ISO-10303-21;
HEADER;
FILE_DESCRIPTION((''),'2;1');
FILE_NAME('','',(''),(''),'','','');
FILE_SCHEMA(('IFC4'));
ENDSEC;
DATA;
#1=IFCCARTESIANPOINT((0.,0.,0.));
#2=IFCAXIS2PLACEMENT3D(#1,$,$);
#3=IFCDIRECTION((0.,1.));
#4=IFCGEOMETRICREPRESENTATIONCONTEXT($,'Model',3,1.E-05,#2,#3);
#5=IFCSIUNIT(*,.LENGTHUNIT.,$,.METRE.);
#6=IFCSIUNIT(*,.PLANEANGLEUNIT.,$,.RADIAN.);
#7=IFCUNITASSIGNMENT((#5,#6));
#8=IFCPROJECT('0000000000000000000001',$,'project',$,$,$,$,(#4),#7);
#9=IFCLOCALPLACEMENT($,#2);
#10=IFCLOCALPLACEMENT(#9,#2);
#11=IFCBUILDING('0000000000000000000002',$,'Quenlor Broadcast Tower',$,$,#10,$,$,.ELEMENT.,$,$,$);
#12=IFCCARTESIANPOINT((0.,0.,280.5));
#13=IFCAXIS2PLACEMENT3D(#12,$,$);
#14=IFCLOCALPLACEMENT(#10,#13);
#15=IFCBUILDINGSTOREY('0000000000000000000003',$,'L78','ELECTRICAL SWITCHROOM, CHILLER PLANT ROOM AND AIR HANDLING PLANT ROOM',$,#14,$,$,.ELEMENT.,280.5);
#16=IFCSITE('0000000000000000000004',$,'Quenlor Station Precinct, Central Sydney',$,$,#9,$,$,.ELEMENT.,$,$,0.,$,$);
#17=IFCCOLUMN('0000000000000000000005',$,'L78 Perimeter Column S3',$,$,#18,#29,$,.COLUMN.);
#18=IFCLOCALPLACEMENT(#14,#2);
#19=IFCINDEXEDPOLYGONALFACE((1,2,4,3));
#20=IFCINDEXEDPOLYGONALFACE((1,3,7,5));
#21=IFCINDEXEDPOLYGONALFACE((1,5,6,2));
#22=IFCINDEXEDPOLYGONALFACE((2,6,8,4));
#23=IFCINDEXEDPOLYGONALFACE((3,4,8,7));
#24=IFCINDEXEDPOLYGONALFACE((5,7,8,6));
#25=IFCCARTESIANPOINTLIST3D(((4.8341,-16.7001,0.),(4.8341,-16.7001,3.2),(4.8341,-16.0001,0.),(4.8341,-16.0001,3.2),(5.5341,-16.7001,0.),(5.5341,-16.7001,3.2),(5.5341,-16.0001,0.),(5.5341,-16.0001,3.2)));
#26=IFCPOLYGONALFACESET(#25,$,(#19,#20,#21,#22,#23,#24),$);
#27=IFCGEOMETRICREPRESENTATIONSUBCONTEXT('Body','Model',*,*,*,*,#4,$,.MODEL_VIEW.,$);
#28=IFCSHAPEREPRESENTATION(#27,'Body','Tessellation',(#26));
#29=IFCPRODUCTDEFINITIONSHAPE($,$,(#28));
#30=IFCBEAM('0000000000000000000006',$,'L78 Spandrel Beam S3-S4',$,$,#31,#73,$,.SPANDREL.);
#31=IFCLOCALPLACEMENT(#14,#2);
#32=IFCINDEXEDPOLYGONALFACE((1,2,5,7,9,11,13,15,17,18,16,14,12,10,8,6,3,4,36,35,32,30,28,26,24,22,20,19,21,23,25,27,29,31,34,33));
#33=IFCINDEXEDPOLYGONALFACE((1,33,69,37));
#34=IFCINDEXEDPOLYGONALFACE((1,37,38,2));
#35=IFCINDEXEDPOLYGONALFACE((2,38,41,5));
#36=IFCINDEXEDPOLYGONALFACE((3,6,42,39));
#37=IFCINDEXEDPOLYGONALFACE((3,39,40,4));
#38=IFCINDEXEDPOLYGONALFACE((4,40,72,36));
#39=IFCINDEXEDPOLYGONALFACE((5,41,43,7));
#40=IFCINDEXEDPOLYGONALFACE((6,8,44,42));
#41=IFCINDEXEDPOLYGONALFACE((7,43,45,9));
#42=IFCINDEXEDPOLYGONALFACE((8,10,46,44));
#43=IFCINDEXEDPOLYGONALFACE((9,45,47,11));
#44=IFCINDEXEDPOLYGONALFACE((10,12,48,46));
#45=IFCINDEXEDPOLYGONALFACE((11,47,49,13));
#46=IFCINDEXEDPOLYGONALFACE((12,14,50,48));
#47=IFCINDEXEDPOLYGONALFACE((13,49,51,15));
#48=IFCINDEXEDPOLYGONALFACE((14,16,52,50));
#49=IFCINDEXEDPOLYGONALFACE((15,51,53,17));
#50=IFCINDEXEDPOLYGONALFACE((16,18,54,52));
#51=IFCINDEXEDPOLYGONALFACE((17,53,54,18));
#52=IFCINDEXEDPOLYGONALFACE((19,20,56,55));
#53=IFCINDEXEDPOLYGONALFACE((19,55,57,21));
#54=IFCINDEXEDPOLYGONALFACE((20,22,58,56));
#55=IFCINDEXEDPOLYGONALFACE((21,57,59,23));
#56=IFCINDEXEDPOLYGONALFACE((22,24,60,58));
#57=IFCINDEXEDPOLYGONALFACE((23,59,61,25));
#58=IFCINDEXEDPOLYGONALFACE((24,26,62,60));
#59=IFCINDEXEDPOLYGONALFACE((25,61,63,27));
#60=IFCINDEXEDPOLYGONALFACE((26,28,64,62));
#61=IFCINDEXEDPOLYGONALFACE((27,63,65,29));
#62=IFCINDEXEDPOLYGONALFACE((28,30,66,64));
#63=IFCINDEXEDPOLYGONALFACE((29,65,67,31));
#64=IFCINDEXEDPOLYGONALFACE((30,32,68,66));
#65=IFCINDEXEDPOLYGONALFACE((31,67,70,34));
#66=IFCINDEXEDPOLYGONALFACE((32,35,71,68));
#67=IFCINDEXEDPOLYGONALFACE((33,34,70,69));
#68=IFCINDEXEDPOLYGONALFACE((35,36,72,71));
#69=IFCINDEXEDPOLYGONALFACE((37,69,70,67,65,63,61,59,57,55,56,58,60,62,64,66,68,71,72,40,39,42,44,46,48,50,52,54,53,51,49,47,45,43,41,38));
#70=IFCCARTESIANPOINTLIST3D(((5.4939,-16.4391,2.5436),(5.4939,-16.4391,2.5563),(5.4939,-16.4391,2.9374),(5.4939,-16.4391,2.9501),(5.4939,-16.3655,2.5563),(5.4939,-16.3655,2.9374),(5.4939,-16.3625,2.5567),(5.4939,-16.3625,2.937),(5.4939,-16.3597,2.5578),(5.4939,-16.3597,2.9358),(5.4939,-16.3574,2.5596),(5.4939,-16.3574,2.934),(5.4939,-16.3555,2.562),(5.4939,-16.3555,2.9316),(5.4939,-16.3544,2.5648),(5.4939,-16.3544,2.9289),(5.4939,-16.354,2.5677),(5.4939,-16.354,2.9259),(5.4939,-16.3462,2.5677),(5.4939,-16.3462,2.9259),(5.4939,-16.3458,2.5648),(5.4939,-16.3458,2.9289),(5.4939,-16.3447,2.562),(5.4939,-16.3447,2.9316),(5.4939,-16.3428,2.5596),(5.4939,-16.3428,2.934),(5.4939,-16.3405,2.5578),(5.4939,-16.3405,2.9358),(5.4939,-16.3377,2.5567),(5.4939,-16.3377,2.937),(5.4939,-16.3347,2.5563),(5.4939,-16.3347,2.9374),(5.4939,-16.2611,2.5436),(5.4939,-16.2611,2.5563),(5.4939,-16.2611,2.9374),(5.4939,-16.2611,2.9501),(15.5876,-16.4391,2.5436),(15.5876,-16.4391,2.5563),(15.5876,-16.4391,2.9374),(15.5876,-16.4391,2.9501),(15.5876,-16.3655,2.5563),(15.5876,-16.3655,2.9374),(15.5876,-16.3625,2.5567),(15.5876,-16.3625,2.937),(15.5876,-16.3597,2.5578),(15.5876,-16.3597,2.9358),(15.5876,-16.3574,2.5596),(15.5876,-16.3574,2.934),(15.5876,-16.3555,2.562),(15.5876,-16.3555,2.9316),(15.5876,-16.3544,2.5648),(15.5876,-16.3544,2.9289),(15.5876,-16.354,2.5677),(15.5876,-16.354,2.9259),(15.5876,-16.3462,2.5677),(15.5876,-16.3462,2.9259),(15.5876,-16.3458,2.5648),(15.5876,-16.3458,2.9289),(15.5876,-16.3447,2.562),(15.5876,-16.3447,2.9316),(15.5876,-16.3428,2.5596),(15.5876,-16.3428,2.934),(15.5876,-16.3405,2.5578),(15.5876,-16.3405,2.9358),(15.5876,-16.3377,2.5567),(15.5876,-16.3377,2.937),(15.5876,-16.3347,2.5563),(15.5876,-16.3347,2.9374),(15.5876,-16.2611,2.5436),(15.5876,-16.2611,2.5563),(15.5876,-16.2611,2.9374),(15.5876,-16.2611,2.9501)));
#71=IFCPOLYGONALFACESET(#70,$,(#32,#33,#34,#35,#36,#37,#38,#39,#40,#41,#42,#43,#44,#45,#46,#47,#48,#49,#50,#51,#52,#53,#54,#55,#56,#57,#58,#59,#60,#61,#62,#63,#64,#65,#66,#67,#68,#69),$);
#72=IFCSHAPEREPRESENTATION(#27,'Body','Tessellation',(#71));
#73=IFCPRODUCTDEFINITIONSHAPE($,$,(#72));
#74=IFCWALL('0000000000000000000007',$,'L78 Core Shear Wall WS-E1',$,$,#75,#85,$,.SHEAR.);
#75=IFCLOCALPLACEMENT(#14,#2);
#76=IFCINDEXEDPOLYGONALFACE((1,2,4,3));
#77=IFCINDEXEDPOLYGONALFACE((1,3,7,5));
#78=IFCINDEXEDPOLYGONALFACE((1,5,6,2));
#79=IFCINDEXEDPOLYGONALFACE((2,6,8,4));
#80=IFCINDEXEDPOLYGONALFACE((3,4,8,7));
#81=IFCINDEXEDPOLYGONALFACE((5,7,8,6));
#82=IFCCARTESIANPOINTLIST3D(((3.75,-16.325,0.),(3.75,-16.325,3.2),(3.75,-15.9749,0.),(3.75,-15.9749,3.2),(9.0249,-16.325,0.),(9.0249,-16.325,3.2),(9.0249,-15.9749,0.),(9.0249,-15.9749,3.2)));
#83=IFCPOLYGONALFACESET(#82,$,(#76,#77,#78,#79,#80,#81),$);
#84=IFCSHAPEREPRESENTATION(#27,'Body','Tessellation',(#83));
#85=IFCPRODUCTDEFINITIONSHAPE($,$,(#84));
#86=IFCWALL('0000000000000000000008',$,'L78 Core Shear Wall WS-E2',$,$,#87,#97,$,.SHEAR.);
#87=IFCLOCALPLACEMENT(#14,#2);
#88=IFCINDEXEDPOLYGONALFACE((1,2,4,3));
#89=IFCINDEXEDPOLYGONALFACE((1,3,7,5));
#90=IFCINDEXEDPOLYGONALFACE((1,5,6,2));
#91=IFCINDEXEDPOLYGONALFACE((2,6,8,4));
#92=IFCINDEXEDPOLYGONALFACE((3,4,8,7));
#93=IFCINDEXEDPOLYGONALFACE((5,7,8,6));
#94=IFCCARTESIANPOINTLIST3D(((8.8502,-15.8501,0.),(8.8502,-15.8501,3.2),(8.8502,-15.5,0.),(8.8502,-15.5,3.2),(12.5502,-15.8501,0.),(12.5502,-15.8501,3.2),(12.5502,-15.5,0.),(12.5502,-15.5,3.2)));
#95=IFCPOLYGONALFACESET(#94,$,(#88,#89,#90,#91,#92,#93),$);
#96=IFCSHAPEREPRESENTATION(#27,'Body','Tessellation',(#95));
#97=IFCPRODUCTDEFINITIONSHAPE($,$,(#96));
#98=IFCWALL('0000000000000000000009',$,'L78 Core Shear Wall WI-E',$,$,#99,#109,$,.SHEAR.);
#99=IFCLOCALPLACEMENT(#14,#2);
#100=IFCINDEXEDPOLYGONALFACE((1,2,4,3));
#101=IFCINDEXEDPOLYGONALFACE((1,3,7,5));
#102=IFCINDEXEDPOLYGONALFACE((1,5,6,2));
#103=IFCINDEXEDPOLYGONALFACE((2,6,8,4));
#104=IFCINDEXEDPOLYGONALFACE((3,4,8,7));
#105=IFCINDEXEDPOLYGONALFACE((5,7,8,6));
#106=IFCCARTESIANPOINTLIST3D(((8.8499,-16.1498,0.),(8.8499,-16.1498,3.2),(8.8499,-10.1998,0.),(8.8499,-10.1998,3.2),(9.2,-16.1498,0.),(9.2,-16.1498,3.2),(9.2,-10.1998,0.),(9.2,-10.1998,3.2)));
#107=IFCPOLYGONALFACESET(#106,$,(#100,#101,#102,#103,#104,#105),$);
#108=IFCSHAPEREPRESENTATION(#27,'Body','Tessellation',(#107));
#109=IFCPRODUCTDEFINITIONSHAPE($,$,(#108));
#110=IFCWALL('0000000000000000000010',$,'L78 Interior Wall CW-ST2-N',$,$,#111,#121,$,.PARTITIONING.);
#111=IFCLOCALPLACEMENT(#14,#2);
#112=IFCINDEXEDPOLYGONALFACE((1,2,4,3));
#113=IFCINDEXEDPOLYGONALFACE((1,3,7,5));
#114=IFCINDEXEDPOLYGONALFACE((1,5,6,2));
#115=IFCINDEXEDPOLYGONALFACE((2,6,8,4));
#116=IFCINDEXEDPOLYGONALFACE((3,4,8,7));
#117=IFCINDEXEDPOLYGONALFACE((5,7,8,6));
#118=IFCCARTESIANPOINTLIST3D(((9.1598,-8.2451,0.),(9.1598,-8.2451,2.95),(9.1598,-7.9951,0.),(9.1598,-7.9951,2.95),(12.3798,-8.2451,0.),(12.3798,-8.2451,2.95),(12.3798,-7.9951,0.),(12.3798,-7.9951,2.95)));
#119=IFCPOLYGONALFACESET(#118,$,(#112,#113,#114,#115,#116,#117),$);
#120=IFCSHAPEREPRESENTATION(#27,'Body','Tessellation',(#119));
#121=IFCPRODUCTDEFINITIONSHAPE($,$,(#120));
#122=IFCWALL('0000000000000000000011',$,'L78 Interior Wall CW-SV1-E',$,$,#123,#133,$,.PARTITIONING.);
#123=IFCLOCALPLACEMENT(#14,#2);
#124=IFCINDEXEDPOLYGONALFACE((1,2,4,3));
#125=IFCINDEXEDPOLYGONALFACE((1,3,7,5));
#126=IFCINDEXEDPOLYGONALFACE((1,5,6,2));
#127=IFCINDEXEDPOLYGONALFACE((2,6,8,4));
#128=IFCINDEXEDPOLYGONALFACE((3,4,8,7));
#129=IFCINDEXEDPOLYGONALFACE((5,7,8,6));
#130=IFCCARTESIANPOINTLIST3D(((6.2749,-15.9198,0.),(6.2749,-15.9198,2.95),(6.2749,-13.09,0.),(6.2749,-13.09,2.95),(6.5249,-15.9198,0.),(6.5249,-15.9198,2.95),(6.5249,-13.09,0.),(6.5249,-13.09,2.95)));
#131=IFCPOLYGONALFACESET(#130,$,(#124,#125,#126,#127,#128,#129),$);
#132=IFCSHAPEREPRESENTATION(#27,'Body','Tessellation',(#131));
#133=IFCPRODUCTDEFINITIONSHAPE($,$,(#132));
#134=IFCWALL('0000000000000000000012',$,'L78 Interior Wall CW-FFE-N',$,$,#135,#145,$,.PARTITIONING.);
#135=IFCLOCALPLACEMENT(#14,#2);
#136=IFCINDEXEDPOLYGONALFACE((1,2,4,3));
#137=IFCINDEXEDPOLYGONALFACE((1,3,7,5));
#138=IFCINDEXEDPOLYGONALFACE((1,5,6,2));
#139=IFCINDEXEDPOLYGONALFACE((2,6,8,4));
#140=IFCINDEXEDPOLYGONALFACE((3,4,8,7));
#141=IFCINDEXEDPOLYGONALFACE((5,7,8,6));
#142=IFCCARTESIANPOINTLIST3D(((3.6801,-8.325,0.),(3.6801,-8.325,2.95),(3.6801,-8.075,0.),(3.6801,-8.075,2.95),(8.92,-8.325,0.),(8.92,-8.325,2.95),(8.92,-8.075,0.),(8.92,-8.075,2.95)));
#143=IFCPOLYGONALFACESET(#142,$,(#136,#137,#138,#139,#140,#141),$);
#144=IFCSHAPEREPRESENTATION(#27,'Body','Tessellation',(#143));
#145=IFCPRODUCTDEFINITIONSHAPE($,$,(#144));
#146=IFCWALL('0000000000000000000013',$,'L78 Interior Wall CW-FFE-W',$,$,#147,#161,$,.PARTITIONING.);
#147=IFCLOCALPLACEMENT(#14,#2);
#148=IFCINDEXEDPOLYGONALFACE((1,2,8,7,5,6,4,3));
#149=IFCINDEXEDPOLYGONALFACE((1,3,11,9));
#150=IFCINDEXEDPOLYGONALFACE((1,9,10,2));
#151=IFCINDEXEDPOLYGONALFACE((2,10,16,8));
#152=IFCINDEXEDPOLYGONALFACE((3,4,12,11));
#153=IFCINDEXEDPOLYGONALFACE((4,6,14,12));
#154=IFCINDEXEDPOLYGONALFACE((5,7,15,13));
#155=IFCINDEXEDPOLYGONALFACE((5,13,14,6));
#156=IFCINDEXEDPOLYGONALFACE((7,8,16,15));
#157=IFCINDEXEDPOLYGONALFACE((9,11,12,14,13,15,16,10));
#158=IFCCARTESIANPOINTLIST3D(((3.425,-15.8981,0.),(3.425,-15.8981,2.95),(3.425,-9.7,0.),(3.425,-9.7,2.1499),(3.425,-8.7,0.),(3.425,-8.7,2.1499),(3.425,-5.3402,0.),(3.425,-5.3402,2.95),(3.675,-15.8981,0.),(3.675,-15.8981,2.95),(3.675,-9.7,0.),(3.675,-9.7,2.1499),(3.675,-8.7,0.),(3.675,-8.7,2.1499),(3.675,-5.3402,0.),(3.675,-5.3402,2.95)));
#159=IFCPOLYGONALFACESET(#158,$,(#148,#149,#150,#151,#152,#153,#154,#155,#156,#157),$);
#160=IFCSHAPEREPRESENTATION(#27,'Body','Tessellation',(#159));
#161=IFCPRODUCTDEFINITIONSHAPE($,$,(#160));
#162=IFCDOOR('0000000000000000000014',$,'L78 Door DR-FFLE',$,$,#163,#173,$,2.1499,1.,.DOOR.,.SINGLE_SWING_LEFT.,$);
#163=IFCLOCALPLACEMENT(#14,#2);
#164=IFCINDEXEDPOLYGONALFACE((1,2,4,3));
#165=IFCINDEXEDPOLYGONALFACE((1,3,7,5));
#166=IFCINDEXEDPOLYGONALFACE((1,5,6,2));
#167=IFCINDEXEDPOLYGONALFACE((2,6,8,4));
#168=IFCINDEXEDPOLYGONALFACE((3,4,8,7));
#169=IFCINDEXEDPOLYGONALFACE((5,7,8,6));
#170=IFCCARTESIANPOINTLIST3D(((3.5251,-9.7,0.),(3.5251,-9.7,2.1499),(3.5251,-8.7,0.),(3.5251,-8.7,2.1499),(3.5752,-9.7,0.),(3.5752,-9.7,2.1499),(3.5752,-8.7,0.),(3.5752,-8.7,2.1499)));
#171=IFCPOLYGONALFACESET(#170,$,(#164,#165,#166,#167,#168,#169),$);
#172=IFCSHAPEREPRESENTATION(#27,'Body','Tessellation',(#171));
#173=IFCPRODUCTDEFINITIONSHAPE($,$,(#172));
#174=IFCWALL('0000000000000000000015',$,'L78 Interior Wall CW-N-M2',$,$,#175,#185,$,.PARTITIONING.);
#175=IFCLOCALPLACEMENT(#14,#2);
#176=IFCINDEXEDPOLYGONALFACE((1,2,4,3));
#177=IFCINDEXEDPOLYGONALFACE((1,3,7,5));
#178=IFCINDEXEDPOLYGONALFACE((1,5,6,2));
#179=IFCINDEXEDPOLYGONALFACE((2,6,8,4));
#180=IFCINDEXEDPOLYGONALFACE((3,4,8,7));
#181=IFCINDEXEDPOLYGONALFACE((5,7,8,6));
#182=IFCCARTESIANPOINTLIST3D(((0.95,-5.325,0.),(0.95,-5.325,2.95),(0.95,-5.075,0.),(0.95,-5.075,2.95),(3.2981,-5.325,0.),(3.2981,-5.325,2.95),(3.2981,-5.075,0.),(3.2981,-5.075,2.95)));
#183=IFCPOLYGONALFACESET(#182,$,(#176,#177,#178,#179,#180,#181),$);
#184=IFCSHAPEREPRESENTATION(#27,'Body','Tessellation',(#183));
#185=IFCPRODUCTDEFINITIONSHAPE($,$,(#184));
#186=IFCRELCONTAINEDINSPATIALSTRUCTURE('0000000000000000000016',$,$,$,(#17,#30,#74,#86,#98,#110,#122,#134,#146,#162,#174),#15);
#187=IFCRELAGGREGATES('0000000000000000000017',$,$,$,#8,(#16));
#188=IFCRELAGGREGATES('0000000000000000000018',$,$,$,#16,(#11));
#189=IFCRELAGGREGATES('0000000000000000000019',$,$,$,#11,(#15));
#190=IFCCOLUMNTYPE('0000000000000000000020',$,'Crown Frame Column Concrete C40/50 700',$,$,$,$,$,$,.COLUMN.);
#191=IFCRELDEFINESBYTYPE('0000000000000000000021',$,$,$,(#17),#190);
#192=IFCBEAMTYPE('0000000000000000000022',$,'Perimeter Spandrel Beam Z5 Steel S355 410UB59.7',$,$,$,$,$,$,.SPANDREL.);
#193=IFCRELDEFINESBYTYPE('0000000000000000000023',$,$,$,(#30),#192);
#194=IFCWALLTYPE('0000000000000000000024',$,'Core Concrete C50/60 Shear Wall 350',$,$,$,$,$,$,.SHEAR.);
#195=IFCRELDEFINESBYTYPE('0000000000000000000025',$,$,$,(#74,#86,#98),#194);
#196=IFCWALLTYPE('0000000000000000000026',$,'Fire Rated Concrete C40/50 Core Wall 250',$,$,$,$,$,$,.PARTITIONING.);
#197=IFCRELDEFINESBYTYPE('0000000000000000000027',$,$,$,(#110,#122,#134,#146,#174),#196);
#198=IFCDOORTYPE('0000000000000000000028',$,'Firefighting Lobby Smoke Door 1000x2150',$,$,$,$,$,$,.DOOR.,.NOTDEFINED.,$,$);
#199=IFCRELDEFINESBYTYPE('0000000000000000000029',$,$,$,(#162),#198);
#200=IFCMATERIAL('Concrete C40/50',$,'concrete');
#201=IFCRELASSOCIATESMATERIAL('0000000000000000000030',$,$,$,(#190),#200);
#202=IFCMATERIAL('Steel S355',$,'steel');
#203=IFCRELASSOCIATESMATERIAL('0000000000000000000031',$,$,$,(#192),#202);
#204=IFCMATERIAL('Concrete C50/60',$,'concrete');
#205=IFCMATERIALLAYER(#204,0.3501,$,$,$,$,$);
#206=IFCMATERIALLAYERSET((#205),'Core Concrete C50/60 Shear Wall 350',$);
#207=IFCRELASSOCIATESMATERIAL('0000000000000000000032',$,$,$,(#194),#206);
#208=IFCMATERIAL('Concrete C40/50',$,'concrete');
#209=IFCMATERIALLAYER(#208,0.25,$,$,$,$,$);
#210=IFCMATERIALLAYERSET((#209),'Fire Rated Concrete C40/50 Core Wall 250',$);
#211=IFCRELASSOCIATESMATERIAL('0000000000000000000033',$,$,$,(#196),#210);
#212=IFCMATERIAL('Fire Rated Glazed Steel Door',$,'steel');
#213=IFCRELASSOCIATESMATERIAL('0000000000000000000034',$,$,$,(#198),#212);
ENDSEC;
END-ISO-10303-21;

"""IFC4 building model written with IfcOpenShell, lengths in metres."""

from ifc_helpers import new_model, si_unit, direction, frame, frame_2d, origin, origin_2d, place, context, subcontext, project, spatial, rectangle, i_section, extrude, material, layer, layer_set, material_profile, profile_set, type_object, element, fill, save


model = new_model("IFC4")

# Units and contexts
model_context = context("Model", 3, precision=1e-05, world=origin(), true_north=direction((0.0, 1.0)))
body_context = subcontext(model_context, "Body", "Model", "MODEL_VIEW")
ifc_project = project(units=[si_unit("LENGTHUNIT", "METRE"), si_unit("PLANEANGLEUNIT", "RADIAN")], contexts=[model_context])

# Site, building, storey
site_placement = place(None, origin())
site = spatial("IfcSite", under=ifc_project, at=site_placement, Name="Quenlor Station Precinct, Central Sydney", CompositionType="ELEMENT", RefElevation=0.0)
building_placement = place(site_placement, origin())
building = spatial("IfcBuilding", under=site, at=building_placement, Name="Quenlor Broadcast Tower", CompositionType="ELEMENT")
storey_placement = place(building_placement, frame((0.0, 0.0, 280.5)))
storey = spatial("IfcBuildingStorey", under=building, at=storey_placement, Name="L78", Description="ELECTRICAL SWITCHROOM, CHILLER PLANT ROOM AND AIR HANDLING PLANT ROOM", CompositionType="ELEMENT", Elevation=280.5)

# Column
ifc_material_1 = material(Name="Concrete C40/50", Category="concrete")
ifc_material_profile_1 = material_profile(ifc_material_1, rectangle(XDim=0.7, YDim=0.7, at=origin_2d()))
ifc_profile_set_1 = profile_set([ifc_material_profile_1], Name="Concrete C40/50 RC700x700")
column_type = type_object("IfcColumnType", Name="Crown Frame Column Concrete C40/50 700", PredefinedType="COLUMN", material=ifc_profile_set_1)
column_placement = place(storey_placement, frame((5.1841, -16.3501, 0.0), z_axis=(0.0, 0.0, 1.0), x_axis=(0.0, 1.0, 0.0)))
element("IfcColumn", 1, at=column_placement, inside=storey, type_object=column_type, Name="L78 Perimeter Column S3", PredefinedType="COLUMN", context=body_context, shape_type="SweptSolid", body=[
    extrude(rectangle(XDim=0.7, YDim=0.7, at=origin_2d()), origin(), (0.0, 0.0, 1.0), 3.2),
])

# Beam
ifc_material_2 = material(Name="Steel S355", Category="steel")
ifc_material_profile_2 = material_profile(ifc_material_2, i_section(OverallWidth=0.178, OverallDepth=0.4065, WebThickness=0.0078, FlangeThickness=0.0127, FilletRadius=0.0115, at=origin_2d()))
ifc_profile_set_2 = profile_set([ifc_material_profile_2], Name="Steel S355 410UB59.7")
beam_type = type_object("IfcBeamType", Name="Perimeter Spandrel Beam Z5 Steel S355 410UB59.7", PredefinedType="SPANDREL", material=ifc_profile_set_2)
beam_placement = place(storey_placement, frame((5.4939, -16.3501, 2.7468), z_axis=(1.0, 0.0, 0.0), x_axis=(0.0, 1.0, 0.0)))
element("IfcBeam", 2, at=beam_placement, inside=storey, type_object=beam_type, Name="L78 Spandrel Beam S3-S4", PredefinedType="SPANDREL", context=body_context, shape_type="SweptSolid", body=[
    extrude(i_section(OverallWidth=0.178, OverallDepth=0.4065, WebThickness=0.0078, FlangeThickness=0.0127, FilletRadius=0.0115, at=origin_2d()), origin(), (0.0, 0.0, 1.0), 10.0938),
])

# Walls
ifc_material_3 = material(Name="Concrete C50/60", Category="concrete")
ifc_layer_1 = layer(ifc_material_3, 0.3501)
ifc_layer_set_1 = layer_set([ifc_layer_1], Name="Core Concrete C50/60 Shear Wall 350")
wall_type_1 = type_object("IfcWallType", Name="Core Concrete C50/60 Shear Wall 350", PredefinedType="SHEAR", material=ifc_layer_set_1)
wall_1_placement = place(storey_placement, frame((3.75, -16.1499, 0.0), z_axis=(0.0, 0.0, 1.0), x_axis=(1.0, 0.0, 0.0)))
element("IfcWall", 3, at=wall_1_placement, inside=storey, type_object=wall_type_1, Name="L78 Core Shear Wall WS-E1", PredefinedType="SHEAR", context=body_context, shape_type="SweptSolid", body=[
    extrude(rectangle(XDim=5.2749, YDim=0.3501, at=frame_2d((2.6375, 0.0))), origin(), (0.0, 0.0, 1.0), 3.2),
])
wall_2_placement = place(storey_placement, frame((8.8501, -15.675, 0.0), z_axis=(0.0, 0.0, 1.0), x_axis=(1.0, 0.0, 0.0)))
element("IfcWall", 4, at=wall_2_placement, inside=storey, type_object=wall_type_1, Name="L78 Core Shear Wall WS-E2", PredefinedType="SHEAR", context=body_context, shape_type="SweptSolid", body=[
    extrude(rectangle(XDim=3.7, YDim=0.3501, at=frame_2d((1.8501, 0.0))), origin(), (0.0, 0.0, 1.0), 3.2),
])
wall_3_placement = place(storey_placement, frame((9.0249, -16.1499, 0.0), z_axis=(0.0, 0.0, 1.0), x_axis=(0.0, 1.0, 0.0)))
element("IfcWall", 5, at=wall_3_placement, inside=storey, type_object=wall_type_1, Name="L78 Core Shear Wall WI-E", PredefinedType="SHEAR", context=body_context, shape_type="SweptSolid", body=[
    extrude(rectangle(XDim=5.95, YDim=0.3501, at=frame_2d((2.9751, 0.0))), origin(), (0.0, 0.0, 1.0), 3.2),
])

# Shared definitions
ifc_material_4 = material(Name="Concrete C40/50", Category="concrete")
ifc_layer_2 = layer(ifc_material_4, 0.25)
ifc_layer_set_2 = layer_set([ifc_layer_2], Name="Fire Rated Concrete C40/50 Core Wall 250")
wall_type_2 = type_object("IfcWallType", Name="Fire Rated Concrete C40/50 Core Wall 250", PredefinedType="PARTITIONING", material=ifc_layer_set_2)

# Wall
wall_4_placement = place(storey_placement, frame((9.1599, -8.1201, 0.0), z_axis=(0.0, 0.0, 1.0), x_axis=(1.0, 0.0, 0.0)))
element("IfcWall", 6, at=wall_4_placement, inside=storey, type_object=wall_type_2, Name="L78 Interior Wall CW-ST2-N", PredefinedType="PARTITIONING", context=body_context, shape_type="SweptSolid", body=[
    extrude(rectangle(XDim=3.22, YDim=0.25, at=frame_2d((1.6099, 0.0))), origin(), (0.0, 0.0, 1.0), 2.95),
])

# Walls
wall_5_placement = place(storey_placement, frame((6.3999, -15.9199, 0.0), z_axis=(0.0, 0.0, 1.0), x_axis=(0.0, 1.0, 0.0)))
element("IfcWall", 7, at=wall_5_placement, inside=storey, type_object=wall_type_2, Name="L78 Interior Wall CW-SV1-E", PredefinedType="PARTITIONING", context=body_context, shape_type="SweptSolid", body=[
    extrude(rectangle(XDim=2.8298, YDim=0.25, at=frame_2d((1.415, 0.0))), origin(), (0.0, 0.0, 1.0), 2.95),
])
wall_6_placement = place(storey_placement, frame((3.6799, -8.2, 0.0), z_axis=(0.0, 0.0, 1.0), x_axis=(1.0, 0.0, 0.0)))
element("IfcWall", 8, at=wall_6_placement, inside=storey, type_object=wall_type_2, Name="L78 Interior Wall CW-FFE-N", PredefinedType="PARTITIONING", context=body_context, shape_type="SweptSolid", body=[
    extrude(rectangle(XDim=5.24, YDim=0.25, at=frame_2d((2.6201, 0.0))), origin(), (0.0, 0.0, 1.0), 2.95),
])

# Wall, opening, door
wall_7_placement = place(storey_placement, frame((3.55, -15.8979, 0.0), z_axis=(0.0, 0.0, 1.0), x_axis=(0.0, 1.0, 0.0)))
wall_7 = element("IfcWall", 9, at=wall_7_placement, inside=storey, type_object=wall_type_2, Name="L78 Interior Wall CW-FFE-W", PredefinedType="PARTITIONING", context=body_context, shape_type="SweptSolid", body=[
    extrude(rectangle(XDim=10.5579, YDim=0.25, at=frame_2d((5.2788, 0.0))), origin(), (0.0, 0.0, 1.0), 2.95),
])
opening_1_placement = place(wall_7_placement, frame((6.198, 0.0, 0.0)))
opening_1 = element("IfcOpeningElement", 10, at=opening_1_placement, cuts=wall_7, PredefinedType="OPENING", context=body_context, shape_type="SweptSolid", body=[
    extrude(rectangle(XDim=1.0, YDim=2.1499, at=frame_2d((0.5, 1.075))), frame((0.0, 0.135, 0.0), z_axis=(0.0, -1.0, 0.0), x_axis=(1.0, 0.0, 0.0)), (0.0, 0.0, 1.0), 0.27),
])
ifc_material_5 = material(Name="Fire Rated Glazed Steel Door", Category="steel")
door_type_1 = type_object("IfcDoorType", Name="Firefighting Lobby Smoke Door 1000x2150", OperationType="NOTDEFINED", PredefinedType="DOOR", material=ifc_material_5)
door_1_placement = place(opening_1_placement, origin())
door_1 = element("IfcDoor", 11, at=door_1_placement, inside=storey, type_object=door_type_1, Name="L78 Door DR-FFLE", OperationType="SINGLE_SWING_LEFT", OverallHeight=2.1499, OverallWidth=1.0, PredefinedType="DOOR", context=body_context, shape_type="SweptSolid", body=[
    extrude(rectangle(XDim=1.0, YDim=2.1499, at=frame_2d((0.5, 1.075))), frame((0.0, 0.0249, 0.0), z_axis=(0.0, -1.0, 0.0), x_axis=(1.0, 0.0, 0.0)), (0.0, 0.0, 1.0), 0.05),
])
fill(opening_1, door_1)

# Wall
wall_8_placement = place(storey_placement, frame((0.95, -5.2, 0.0), z_axis=(0.0, 0.0, 1.0), x_axis=(1.0, 0.0, 0.0)))
element("IfcWall", 12, at=wall_8_placement, inside=storey, type_object=wall_type_2, Name="L78 Interior Wall CW-N-M2", PredefinedType="PARTITIONING", context=body_context, shape_type="SweptSolid", body=[
    extrude(rectangle(XDim=2.3481, YDim=0.25, at=frame_2d((1.1741, 0.0))), origin(), (0.0, 0.0, 1.0), 2.95),
])

save(model, "model.ifc")
